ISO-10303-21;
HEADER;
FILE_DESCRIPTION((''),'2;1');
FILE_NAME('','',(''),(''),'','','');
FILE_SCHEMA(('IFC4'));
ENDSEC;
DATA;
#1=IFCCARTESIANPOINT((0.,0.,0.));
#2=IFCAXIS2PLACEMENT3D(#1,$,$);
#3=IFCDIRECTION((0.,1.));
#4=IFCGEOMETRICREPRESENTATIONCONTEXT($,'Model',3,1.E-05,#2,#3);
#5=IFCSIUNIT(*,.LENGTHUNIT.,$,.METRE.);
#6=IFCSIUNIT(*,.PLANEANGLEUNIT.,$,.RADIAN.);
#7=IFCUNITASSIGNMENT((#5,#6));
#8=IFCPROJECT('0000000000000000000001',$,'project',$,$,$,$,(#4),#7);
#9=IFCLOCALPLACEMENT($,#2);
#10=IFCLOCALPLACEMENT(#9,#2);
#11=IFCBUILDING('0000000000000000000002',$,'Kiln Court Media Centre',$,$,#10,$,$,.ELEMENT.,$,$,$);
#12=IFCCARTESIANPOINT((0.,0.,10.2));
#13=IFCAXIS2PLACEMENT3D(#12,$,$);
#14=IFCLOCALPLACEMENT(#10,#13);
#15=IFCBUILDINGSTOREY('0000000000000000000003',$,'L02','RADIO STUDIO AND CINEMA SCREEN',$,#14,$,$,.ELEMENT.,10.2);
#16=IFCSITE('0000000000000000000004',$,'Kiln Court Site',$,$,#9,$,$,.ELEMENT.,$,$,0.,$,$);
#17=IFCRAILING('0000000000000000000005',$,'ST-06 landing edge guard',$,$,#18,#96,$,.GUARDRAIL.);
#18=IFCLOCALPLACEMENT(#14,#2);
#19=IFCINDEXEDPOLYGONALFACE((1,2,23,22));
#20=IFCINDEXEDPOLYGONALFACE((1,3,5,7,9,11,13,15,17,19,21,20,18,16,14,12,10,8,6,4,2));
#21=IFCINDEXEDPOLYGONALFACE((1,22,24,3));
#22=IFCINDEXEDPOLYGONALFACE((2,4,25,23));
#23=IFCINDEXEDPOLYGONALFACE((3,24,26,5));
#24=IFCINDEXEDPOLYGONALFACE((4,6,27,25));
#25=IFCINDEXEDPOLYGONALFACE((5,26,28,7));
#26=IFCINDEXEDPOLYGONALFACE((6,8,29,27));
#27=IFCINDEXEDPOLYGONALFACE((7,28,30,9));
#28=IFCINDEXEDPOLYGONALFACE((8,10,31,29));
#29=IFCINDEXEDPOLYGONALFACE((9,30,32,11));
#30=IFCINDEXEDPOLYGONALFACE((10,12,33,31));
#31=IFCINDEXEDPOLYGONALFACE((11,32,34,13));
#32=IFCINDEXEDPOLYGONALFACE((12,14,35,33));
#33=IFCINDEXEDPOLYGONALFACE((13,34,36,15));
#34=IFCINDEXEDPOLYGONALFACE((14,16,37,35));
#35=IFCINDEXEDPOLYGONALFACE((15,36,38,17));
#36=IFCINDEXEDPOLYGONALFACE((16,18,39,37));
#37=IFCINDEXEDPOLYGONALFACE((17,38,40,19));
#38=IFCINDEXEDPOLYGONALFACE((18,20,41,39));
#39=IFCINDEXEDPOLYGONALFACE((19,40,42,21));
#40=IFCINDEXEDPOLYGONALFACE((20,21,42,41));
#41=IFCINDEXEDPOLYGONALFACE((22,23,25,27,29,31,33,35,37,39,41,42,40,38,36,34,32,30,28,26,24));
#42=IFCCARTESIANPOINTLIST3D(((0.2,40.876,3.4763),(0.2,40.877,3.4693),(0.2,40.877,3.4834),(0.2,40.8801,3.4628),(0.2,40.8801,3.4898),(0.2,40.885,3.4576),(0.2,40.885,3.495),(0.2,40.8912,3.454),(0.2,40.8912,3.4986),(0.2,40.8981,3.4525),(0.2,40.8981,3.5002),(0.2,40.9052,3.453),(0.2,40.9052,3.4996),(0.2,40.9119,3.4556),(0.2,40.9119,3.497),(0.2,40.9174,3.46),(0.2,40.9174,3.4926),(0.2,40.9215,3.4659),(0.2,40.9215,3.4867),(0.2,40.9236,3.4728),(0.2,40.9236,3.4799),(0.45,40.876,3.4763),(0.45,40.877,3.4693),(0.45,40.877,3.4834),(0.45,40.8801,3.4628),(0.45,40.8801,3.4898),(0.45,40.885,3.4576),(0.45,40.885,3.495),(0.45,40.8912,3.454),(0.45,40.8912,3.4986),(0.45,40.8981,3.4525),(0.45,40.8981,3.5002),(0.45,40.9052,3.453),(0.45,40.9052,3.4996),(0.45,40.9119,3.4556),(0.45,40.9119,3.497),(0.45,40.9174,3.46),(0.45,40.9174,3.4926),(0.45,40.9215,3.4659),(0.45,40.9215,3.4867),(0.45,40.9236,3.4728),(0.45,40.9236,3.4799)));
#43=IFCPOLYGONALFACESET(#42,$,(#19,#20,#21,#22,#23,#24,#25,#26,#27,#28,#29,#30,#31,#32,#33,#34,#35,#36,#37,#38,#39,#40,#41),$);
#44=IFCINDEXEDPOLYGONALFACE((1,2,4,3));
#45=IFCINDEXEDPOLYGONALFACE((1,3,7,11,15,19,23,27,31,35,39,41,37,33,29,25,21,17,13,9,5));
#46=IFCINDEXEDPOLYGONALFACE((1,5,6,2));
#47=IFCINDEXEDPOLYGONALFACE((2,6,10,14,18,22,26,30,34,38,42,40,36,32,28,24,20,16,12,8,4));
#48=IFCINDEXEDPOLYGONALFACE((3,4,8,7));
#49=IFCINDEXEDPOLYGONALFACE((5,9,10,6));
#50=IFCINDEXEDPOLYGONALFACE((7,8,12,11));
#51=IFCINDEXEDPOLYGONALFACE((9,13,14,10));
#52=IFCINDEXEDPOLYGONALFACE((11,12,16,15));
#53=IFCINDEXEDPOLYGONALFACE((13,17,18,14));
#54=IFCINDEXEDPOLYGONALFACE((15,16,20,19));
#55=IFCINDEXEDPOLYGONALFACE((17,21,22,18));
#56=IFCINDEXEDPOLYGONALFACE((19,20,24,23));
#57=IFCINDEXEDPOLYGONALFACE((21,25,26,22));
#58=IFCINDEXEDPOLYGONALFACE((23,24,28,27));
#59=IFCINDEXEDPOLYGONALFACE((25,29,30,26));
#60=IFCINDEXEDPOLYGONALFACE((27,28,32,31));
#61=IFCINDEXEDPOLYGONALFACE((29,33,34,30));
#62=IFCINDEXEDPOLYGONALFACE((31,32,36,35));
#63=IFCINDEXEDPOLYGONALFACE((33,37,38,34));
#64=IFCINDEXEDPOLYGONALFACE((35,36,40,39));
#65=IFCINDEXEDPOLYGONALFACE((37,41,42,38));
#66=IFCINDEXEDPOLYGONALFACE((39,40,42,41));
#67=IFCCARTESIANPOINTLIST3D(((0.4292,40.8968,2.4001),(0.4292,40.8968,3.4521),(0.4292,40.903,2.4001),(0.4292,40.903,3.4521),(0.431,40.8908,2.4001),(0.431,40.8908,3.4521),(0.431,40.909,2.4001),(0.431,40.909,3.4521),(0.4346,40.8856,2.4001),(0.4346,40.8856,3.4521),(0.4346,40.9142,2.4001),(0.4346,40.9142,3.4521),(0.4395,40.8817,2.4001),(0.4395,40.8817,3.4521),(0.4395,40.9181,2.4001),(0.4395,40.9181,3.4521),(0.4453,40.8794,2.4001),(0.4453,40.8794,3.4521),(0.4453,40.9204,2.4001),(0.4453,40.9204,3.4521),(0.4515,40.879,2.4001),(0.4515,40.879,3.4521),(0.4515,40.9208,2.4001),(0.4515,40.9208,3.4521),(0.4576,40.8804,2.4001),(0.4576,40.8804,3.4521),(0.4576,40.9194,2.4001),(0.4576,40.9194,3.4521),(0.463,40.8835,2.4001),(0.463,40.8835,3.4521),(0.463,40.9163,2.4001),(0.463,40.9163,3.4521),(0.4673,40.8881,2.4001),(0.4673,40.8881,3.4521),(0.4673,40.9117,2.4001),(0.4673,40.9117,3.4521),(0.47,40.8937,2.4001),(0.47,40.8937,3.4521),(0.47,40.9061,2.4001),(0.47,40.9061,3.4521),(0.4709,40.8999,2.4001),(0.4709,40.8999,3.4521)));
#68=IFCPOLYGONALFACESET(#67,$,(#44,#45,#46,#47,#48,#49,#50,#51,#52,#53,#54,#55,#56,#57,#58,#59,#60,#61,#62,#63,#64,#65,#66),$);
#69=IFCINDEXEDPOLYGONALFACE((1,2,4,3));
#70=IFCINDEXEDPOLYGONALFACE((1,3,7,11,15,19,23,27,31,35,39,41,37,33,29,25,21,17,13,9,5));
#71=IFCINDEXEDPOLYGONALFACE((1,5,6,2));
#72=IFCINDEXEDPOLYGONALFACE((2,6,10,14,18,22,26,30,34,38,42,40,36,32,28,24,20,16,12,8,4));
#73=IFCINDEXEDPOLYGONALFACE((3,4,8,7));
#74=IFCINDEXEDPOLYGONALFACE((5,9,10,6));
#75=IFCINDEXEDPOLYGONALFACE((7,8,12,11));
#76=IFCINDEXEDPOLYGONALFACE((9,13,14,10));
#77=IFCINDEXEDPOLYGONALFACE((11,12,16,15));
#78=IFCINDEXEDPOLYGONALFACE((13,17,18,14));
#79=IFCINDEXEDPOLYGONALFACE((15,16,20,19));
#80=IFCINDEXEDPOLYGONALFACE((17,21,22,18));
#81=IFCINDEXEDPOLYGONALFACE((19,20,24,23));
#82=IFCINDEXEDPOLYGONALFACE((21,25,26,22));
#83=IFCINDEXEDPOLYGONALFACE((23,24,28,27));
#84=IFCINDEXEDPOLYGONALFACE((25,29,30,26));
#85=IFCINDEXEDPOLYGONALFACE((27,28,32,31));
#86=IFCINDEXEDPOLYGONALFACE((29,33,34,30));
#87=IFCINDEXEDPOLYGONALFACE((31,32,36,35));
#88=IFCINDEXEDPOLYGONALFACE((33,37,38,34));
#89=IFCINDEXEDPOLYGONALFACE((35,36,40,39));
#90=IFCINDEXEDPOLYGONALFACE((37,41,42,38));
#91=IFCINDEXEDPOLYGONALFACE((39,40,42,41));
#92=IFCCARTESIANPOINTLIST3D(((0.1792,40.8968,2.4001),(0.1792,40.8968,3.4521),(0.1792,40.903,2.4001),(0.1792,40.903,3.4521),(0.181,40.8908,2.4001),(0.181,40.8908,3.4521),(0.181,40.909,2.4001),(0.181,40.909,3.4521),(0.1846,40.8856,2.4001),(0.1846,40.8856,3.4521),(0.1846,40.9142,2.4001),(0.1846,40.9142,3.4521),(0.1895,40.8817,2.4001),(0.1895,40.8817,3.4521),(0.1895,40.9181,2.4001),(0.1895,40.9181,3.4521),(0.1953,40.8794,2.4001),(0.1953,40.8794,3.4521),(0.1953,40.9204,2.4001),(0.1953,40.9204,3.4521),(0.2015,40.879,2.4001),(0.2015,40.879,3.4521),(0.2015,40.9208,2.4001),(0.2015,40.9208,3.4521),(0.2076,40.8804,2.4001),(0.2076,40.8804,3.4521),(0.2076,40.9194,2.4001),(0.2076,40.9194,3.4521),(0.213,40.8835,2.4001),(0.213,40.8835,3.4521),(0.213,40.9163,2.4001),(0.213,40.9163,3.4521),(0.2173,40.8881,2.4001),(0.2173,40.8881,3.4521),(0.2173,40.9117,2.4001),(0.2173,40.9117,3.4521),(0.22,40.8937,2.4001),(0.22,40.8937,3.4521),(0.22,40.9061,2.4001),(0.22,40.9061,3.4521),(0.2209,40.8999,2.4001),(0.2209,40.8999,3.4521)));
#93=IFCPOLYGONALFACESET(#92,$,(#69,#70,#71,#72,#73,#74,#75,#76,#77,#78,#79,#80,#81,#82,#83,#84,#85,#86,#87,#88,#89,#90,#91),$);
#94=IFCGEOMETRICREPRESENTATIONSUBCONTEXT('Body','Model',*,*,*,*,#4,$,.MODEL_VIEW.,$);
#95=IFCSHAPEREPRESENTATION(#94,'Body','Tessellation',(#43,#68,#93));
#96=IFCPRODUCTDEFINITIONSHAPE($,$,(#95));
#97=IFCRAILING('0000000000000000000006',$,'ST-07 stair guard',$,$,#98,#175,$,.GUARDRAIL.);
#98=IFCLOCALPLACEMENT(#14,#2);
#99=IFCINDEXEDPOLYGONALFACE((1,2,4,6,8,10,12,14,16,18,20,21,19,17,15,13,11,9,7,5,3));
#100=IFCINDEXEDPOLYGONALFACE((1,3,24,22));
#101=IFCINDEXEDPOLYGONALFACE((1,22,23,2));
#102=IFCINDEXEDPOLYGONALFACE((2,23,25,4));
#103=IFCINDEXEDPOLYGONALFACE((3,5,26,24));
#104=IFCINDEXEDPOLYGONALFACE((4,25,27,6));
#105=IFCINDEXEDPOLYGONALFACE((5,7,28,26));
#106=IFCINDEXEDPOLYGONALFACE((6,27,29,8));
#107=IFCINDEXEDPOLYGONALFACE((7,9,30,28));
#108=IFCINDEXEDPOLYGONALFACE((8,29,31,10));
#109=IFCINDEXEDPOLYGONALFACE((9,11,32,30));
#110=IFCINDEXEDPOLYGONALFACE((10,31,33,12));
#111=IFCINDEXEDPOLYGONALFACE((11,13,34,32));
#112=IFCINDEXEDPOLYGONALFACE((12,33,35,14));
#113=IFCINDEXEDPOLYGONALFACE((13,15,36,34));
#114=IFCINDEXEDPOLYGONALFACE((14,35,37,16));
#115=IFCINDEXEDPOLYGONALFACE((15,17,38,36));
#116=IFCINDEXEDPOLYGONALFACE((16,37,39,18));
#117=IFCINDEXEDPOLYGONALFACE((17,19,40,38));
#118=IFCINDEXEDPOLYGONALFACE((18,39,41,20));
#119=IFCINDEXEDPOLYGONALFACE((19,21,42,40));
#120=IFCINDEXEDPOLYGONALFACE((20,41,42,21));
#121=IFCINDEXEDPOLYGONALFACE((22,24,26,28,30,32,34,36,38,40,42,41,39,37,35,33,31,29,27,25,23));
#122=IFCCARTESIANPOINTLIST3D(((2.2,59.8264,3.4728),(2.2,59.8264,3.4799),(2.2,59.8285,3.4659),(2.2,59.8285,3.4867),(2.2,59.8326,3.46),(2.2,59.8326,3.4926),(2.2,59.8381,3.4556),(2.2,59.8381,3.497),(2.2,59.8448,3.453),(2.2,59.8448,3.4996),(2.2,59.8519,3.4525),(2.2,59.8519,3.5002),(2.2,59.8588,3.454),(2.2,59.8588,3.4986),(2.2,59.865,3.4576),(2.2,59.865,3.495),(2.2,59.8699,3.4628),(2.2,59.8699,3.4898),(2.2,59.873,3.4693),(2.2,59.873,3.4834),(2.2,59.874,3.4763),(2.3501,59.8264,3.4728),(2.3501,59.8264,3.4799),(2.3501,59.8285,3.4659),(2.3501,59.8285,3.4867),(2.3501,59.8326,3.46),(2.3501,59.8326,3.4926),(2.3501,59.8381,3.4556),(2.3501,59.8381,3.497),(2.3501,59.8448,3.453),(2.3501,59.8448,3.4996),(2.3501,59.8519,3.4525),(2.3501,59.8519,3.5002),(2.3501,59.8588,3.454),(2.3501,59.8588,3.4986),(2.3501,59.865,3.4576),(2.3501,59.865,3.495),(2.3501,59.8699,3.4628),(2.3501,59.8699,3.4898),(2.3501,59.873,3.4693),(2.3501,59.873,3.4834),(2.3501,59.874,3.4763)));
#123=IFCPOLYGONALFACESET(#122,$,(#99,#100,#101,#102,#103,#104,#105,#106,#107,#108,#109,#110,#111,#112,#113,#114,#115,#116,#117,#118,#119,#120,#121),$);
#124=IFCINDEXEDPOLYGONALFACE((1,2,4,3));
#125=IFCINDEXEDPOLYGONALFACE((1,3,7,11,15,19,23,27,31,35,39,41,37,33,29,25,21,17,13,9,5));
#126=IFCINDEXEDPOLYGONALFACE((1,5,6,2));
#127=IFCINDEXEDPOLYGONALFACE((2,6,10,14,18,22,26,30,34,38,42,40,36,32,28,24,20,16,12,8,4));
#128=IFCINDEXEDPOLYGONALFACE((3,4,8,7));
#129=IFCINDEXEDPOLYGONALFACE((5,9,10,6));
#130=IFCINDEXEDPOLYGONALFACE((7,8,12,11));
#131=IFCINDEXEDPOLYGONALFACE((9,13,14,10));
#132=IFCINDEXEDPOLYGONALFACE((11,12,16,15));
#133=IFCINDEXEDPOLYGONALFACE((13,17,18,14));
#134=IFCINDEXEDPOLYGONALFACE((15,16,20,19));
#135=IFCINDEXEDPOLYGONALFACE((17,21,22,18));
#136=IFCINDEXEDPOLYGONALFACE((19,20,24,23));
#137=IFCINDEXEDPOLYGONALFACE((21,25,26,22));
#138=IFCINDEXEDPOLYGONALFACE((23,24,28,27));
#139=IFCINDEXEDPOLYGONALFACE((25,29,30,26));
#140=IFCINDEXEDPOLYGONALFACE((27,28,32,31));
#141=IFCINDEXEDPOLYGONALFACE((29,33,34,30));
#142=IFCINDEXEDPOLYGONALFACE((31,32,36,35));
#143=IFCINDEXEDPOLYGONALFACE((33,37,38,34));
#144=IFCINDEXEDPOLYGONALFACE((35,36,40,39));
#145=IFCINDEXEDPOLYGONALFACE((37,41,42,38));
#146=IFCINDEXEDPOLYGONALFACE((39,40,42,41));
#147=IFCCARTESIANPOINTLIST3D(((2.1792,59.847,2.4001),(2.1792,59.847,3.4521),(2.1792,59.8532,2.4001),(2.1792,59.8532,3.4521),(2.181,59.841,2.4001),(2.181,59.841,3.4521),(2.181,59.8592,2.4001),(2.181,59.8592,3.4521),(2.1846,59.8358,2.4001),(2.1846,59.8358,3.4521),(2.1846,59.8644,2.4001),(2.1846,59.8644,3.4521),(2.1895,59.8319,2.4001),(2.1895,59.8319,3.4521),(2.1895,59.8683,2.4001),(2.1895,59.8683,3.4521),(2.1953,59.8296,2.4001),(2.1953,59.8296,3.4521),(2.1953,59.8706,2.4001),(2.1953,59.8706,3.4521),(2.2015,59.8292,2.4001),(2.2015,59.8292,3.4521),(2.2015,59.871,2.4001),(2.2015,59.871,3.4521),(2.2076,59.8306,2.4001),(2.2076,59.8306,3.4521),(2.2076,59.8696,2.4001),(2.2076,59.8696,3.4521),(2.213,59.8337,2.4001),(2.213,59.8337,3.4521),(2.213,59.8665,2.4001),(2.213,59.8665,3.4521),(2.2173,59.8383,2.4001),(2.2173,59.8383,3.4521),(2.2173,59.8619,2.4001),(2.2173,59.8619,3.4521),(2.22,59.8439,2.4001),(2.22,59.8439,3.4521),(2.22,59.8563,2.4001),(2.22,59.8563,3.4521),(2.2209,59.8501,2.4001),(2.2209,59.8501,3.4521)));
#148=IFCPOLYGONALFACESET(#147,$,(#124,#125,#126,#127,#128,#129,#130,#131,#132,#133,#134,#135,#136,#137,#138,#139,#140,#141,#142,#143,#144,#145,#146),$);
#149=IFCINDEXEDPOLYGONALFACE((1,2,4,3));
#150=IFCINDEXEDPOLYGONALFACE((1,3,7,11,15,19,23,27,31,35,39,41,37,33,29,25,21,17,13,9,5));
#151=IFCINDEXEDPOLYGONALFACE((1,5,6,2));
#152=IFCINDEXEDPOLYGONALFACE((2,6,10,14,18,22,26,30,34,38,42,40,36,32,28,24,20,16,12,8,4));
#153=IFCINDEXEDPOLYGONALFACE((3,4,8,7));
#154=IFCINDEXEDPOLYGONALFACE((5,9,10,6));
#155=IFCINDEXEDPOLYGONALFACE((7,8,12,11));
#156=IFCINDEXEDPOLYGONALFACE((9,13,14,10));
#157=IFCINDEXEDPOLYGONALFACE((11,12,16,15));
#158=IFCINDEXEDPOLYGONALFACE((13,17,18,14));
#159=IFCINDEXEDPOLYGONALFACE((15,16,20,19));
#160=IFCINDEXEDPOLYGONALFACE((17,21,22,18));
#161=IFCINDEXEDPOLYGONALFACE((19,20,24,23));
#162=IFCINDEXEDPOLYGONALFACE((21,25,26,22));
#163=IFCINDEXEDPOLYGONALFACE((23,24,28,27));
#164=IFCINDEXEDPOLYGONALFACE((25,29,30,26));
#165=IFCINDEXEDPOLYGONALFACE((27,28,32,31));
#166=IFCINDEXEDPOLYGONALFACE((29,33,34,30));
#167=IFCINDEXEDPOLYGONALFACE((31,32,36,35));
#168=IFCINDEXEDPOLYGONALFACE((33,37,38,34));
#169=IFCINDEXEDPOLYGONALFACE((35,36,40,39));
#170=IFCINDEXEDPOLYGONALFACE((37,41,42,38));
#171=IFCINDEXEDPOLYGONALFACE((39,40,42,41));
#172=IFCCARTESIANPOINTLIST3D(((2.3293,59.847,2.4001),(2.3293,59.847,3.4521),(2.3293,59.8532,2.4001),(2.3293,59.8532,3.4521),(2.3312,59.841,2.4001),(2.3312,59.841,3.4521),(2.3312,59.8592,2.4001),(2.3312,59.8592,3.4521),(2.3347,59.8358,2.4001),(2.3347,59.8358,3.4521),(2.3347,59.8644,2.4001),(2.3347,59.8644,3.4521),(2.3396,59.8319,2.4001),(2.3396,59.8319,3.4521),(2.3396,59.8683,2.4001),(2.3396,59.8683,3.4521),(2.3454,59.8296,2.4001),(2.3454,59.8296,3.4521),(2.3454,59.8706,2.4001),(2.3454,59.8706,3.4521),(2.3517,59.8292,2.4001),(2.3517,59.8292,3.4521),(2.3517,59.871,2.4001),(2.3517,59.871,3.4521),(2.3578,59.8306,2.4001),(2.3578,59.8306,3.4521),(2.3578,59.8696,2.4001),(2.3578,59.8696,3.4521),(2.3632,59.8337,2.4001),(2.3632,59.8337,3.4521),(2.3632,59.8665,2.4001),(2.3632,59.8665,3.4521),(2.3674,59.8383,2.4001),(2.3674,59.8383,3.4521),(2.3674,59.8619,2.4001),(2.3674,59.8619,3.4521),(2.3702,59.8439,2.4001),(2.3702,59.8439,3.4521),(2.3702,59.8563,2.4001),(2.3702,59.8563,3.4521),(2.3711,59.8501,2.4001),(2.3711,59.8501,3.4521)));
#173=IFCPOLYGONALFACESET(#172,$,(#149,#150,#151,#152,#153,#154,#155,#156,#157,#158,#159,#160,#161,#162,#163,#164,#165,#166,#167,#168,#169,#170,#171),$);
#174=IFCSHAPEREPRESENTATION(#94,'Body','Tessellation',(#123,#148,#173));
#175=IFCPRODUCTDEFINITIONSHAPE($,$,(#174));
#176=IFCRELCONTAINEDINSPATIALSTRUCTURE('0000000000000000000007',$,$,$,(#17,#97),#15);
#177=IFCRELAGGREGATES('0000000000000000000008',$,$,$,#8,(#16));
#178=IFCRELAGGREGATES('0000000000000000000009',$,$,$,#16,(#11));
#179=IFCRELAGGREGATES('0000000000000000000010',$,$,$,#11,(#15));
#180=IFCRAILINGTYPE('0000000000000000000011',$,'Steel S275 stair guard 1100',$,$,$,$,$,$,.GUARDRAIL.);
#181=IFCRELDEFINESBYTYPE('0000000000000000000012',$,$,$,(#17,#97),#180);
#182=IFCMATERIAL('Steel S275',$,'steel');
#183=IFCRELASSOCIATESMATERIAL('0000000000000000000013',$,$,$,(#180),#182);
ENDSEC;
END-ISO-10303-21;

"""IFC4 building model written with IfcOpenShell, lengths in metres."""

from ifc_helpers import new_model, si_unit, direction, frame, origin, origin_2d, place, context, subcontext, project, spatial, circle, extrude, material, type_object, element, save


model = new_model("IFC4")

# Units and contexts
model_context = context("Model", 3, precision=1e-05, world=origin(), true_north=direction((0.0, 1.0)))
body_context = subcontext(model_context, "Body", "Model", "MODEL_VIEW")
ifc_project = project(units=[si_unit("LENGTHUNIT", "METRE"), si_unit("PLANEANGLEUNIT", "RADIAN")], contexts=[model_context])

# Site, building, storey
site_placement = place(None, origin())
site = spatial("IfcSite", under=ifc_project, at=site_placement, Name="Kiln Court Site", CompositionType="ELEMENT", RefElevation=0.0)
building_placement = place(site_placement, origin())
building = spatial("IfcBuilding", under=site, at=building_placement, Name="Kiln Court Media Centre", CompositionType="ELEMENT")
storey_placement = place(building_placement, frame((0.0, 0.0, 10.2)))
storey = spatial("IfcBuildingStorey", under=building, at=storey_placement, Name="L02", Description="RADIO STUDIO AND CINEMA SCREEN", CompositionType="ELEMENT", Elevation=10.2)

# Railings
ifc_material_1 = material(Name="Steel S275", Category="steel")
railing_type_1 = type_object("IfcRailingType", Name="Steel S275 stair guard 1100", PredefinedType="GUARDRAIL", material=ifc_material_1)
railing_1_placement = place(storey_placement, frame((0.45, 40.8999, 2.4001)))
element("IfcRailing", 1, at=railing_1_placement, inside=storey, type_object=railing_type_1, Name="ST-06 landing edge guard", PredefinedType="GUARDRAIL", context=body_context, shape_type="SweptSolid", body=[
    extrude(circle(Radius=0.0239, at=origin_2d()), frame((0.0, 0.0, 1.0762), z_axis=(-1.0, 0.0, 0.0), x_axis=(0.0, -1.0, 0.0)), (0.0, 0.0, 1.0), 0.25),
    extrude(circle(Radius=0.021, at=origin_2d()), origin(), (0.0, 0.0, 1.0), 1.052),
    extrude(circle(Radius=0.021, at=origin_2d()), frame((-0.25, 0.0, 0.0)), (0.0, 0.0, 1.0), 1.052),
])
railing_2_placement = place(storey_placement, frame((2.2, 59.8501, 2.4001)))
element("IfcRailing", 2, at=railing_2_placement, inside=storey, type_object=railing_type_1, Name="ST-07 stair guard", PredefinedType="GUARDRAIL", context=body_context, shape_type="SweptSolid", body=[
    extrude(circle(Radius=0.0239, at=origin_2d()), frame((0.0, 0.0, 1.0762), z_axis=(1.0, 0.0, 0.0), x_axis=(0.0, 1.0, 0.0)), (0.0, 0.0, 1.0), 0.1501),
    extrude(circle(Radius=0.021, at=origin_2d()), origin(), (0.0, 0.0, 1.0), 1.052),
    extrude(circle(Radius=0.021, at=origin_2d()), frame((0.1501, 0.0, 0.0)), (0.0, 0.0, 1.0), 1.052),
])

save(model, "model.ifc")
